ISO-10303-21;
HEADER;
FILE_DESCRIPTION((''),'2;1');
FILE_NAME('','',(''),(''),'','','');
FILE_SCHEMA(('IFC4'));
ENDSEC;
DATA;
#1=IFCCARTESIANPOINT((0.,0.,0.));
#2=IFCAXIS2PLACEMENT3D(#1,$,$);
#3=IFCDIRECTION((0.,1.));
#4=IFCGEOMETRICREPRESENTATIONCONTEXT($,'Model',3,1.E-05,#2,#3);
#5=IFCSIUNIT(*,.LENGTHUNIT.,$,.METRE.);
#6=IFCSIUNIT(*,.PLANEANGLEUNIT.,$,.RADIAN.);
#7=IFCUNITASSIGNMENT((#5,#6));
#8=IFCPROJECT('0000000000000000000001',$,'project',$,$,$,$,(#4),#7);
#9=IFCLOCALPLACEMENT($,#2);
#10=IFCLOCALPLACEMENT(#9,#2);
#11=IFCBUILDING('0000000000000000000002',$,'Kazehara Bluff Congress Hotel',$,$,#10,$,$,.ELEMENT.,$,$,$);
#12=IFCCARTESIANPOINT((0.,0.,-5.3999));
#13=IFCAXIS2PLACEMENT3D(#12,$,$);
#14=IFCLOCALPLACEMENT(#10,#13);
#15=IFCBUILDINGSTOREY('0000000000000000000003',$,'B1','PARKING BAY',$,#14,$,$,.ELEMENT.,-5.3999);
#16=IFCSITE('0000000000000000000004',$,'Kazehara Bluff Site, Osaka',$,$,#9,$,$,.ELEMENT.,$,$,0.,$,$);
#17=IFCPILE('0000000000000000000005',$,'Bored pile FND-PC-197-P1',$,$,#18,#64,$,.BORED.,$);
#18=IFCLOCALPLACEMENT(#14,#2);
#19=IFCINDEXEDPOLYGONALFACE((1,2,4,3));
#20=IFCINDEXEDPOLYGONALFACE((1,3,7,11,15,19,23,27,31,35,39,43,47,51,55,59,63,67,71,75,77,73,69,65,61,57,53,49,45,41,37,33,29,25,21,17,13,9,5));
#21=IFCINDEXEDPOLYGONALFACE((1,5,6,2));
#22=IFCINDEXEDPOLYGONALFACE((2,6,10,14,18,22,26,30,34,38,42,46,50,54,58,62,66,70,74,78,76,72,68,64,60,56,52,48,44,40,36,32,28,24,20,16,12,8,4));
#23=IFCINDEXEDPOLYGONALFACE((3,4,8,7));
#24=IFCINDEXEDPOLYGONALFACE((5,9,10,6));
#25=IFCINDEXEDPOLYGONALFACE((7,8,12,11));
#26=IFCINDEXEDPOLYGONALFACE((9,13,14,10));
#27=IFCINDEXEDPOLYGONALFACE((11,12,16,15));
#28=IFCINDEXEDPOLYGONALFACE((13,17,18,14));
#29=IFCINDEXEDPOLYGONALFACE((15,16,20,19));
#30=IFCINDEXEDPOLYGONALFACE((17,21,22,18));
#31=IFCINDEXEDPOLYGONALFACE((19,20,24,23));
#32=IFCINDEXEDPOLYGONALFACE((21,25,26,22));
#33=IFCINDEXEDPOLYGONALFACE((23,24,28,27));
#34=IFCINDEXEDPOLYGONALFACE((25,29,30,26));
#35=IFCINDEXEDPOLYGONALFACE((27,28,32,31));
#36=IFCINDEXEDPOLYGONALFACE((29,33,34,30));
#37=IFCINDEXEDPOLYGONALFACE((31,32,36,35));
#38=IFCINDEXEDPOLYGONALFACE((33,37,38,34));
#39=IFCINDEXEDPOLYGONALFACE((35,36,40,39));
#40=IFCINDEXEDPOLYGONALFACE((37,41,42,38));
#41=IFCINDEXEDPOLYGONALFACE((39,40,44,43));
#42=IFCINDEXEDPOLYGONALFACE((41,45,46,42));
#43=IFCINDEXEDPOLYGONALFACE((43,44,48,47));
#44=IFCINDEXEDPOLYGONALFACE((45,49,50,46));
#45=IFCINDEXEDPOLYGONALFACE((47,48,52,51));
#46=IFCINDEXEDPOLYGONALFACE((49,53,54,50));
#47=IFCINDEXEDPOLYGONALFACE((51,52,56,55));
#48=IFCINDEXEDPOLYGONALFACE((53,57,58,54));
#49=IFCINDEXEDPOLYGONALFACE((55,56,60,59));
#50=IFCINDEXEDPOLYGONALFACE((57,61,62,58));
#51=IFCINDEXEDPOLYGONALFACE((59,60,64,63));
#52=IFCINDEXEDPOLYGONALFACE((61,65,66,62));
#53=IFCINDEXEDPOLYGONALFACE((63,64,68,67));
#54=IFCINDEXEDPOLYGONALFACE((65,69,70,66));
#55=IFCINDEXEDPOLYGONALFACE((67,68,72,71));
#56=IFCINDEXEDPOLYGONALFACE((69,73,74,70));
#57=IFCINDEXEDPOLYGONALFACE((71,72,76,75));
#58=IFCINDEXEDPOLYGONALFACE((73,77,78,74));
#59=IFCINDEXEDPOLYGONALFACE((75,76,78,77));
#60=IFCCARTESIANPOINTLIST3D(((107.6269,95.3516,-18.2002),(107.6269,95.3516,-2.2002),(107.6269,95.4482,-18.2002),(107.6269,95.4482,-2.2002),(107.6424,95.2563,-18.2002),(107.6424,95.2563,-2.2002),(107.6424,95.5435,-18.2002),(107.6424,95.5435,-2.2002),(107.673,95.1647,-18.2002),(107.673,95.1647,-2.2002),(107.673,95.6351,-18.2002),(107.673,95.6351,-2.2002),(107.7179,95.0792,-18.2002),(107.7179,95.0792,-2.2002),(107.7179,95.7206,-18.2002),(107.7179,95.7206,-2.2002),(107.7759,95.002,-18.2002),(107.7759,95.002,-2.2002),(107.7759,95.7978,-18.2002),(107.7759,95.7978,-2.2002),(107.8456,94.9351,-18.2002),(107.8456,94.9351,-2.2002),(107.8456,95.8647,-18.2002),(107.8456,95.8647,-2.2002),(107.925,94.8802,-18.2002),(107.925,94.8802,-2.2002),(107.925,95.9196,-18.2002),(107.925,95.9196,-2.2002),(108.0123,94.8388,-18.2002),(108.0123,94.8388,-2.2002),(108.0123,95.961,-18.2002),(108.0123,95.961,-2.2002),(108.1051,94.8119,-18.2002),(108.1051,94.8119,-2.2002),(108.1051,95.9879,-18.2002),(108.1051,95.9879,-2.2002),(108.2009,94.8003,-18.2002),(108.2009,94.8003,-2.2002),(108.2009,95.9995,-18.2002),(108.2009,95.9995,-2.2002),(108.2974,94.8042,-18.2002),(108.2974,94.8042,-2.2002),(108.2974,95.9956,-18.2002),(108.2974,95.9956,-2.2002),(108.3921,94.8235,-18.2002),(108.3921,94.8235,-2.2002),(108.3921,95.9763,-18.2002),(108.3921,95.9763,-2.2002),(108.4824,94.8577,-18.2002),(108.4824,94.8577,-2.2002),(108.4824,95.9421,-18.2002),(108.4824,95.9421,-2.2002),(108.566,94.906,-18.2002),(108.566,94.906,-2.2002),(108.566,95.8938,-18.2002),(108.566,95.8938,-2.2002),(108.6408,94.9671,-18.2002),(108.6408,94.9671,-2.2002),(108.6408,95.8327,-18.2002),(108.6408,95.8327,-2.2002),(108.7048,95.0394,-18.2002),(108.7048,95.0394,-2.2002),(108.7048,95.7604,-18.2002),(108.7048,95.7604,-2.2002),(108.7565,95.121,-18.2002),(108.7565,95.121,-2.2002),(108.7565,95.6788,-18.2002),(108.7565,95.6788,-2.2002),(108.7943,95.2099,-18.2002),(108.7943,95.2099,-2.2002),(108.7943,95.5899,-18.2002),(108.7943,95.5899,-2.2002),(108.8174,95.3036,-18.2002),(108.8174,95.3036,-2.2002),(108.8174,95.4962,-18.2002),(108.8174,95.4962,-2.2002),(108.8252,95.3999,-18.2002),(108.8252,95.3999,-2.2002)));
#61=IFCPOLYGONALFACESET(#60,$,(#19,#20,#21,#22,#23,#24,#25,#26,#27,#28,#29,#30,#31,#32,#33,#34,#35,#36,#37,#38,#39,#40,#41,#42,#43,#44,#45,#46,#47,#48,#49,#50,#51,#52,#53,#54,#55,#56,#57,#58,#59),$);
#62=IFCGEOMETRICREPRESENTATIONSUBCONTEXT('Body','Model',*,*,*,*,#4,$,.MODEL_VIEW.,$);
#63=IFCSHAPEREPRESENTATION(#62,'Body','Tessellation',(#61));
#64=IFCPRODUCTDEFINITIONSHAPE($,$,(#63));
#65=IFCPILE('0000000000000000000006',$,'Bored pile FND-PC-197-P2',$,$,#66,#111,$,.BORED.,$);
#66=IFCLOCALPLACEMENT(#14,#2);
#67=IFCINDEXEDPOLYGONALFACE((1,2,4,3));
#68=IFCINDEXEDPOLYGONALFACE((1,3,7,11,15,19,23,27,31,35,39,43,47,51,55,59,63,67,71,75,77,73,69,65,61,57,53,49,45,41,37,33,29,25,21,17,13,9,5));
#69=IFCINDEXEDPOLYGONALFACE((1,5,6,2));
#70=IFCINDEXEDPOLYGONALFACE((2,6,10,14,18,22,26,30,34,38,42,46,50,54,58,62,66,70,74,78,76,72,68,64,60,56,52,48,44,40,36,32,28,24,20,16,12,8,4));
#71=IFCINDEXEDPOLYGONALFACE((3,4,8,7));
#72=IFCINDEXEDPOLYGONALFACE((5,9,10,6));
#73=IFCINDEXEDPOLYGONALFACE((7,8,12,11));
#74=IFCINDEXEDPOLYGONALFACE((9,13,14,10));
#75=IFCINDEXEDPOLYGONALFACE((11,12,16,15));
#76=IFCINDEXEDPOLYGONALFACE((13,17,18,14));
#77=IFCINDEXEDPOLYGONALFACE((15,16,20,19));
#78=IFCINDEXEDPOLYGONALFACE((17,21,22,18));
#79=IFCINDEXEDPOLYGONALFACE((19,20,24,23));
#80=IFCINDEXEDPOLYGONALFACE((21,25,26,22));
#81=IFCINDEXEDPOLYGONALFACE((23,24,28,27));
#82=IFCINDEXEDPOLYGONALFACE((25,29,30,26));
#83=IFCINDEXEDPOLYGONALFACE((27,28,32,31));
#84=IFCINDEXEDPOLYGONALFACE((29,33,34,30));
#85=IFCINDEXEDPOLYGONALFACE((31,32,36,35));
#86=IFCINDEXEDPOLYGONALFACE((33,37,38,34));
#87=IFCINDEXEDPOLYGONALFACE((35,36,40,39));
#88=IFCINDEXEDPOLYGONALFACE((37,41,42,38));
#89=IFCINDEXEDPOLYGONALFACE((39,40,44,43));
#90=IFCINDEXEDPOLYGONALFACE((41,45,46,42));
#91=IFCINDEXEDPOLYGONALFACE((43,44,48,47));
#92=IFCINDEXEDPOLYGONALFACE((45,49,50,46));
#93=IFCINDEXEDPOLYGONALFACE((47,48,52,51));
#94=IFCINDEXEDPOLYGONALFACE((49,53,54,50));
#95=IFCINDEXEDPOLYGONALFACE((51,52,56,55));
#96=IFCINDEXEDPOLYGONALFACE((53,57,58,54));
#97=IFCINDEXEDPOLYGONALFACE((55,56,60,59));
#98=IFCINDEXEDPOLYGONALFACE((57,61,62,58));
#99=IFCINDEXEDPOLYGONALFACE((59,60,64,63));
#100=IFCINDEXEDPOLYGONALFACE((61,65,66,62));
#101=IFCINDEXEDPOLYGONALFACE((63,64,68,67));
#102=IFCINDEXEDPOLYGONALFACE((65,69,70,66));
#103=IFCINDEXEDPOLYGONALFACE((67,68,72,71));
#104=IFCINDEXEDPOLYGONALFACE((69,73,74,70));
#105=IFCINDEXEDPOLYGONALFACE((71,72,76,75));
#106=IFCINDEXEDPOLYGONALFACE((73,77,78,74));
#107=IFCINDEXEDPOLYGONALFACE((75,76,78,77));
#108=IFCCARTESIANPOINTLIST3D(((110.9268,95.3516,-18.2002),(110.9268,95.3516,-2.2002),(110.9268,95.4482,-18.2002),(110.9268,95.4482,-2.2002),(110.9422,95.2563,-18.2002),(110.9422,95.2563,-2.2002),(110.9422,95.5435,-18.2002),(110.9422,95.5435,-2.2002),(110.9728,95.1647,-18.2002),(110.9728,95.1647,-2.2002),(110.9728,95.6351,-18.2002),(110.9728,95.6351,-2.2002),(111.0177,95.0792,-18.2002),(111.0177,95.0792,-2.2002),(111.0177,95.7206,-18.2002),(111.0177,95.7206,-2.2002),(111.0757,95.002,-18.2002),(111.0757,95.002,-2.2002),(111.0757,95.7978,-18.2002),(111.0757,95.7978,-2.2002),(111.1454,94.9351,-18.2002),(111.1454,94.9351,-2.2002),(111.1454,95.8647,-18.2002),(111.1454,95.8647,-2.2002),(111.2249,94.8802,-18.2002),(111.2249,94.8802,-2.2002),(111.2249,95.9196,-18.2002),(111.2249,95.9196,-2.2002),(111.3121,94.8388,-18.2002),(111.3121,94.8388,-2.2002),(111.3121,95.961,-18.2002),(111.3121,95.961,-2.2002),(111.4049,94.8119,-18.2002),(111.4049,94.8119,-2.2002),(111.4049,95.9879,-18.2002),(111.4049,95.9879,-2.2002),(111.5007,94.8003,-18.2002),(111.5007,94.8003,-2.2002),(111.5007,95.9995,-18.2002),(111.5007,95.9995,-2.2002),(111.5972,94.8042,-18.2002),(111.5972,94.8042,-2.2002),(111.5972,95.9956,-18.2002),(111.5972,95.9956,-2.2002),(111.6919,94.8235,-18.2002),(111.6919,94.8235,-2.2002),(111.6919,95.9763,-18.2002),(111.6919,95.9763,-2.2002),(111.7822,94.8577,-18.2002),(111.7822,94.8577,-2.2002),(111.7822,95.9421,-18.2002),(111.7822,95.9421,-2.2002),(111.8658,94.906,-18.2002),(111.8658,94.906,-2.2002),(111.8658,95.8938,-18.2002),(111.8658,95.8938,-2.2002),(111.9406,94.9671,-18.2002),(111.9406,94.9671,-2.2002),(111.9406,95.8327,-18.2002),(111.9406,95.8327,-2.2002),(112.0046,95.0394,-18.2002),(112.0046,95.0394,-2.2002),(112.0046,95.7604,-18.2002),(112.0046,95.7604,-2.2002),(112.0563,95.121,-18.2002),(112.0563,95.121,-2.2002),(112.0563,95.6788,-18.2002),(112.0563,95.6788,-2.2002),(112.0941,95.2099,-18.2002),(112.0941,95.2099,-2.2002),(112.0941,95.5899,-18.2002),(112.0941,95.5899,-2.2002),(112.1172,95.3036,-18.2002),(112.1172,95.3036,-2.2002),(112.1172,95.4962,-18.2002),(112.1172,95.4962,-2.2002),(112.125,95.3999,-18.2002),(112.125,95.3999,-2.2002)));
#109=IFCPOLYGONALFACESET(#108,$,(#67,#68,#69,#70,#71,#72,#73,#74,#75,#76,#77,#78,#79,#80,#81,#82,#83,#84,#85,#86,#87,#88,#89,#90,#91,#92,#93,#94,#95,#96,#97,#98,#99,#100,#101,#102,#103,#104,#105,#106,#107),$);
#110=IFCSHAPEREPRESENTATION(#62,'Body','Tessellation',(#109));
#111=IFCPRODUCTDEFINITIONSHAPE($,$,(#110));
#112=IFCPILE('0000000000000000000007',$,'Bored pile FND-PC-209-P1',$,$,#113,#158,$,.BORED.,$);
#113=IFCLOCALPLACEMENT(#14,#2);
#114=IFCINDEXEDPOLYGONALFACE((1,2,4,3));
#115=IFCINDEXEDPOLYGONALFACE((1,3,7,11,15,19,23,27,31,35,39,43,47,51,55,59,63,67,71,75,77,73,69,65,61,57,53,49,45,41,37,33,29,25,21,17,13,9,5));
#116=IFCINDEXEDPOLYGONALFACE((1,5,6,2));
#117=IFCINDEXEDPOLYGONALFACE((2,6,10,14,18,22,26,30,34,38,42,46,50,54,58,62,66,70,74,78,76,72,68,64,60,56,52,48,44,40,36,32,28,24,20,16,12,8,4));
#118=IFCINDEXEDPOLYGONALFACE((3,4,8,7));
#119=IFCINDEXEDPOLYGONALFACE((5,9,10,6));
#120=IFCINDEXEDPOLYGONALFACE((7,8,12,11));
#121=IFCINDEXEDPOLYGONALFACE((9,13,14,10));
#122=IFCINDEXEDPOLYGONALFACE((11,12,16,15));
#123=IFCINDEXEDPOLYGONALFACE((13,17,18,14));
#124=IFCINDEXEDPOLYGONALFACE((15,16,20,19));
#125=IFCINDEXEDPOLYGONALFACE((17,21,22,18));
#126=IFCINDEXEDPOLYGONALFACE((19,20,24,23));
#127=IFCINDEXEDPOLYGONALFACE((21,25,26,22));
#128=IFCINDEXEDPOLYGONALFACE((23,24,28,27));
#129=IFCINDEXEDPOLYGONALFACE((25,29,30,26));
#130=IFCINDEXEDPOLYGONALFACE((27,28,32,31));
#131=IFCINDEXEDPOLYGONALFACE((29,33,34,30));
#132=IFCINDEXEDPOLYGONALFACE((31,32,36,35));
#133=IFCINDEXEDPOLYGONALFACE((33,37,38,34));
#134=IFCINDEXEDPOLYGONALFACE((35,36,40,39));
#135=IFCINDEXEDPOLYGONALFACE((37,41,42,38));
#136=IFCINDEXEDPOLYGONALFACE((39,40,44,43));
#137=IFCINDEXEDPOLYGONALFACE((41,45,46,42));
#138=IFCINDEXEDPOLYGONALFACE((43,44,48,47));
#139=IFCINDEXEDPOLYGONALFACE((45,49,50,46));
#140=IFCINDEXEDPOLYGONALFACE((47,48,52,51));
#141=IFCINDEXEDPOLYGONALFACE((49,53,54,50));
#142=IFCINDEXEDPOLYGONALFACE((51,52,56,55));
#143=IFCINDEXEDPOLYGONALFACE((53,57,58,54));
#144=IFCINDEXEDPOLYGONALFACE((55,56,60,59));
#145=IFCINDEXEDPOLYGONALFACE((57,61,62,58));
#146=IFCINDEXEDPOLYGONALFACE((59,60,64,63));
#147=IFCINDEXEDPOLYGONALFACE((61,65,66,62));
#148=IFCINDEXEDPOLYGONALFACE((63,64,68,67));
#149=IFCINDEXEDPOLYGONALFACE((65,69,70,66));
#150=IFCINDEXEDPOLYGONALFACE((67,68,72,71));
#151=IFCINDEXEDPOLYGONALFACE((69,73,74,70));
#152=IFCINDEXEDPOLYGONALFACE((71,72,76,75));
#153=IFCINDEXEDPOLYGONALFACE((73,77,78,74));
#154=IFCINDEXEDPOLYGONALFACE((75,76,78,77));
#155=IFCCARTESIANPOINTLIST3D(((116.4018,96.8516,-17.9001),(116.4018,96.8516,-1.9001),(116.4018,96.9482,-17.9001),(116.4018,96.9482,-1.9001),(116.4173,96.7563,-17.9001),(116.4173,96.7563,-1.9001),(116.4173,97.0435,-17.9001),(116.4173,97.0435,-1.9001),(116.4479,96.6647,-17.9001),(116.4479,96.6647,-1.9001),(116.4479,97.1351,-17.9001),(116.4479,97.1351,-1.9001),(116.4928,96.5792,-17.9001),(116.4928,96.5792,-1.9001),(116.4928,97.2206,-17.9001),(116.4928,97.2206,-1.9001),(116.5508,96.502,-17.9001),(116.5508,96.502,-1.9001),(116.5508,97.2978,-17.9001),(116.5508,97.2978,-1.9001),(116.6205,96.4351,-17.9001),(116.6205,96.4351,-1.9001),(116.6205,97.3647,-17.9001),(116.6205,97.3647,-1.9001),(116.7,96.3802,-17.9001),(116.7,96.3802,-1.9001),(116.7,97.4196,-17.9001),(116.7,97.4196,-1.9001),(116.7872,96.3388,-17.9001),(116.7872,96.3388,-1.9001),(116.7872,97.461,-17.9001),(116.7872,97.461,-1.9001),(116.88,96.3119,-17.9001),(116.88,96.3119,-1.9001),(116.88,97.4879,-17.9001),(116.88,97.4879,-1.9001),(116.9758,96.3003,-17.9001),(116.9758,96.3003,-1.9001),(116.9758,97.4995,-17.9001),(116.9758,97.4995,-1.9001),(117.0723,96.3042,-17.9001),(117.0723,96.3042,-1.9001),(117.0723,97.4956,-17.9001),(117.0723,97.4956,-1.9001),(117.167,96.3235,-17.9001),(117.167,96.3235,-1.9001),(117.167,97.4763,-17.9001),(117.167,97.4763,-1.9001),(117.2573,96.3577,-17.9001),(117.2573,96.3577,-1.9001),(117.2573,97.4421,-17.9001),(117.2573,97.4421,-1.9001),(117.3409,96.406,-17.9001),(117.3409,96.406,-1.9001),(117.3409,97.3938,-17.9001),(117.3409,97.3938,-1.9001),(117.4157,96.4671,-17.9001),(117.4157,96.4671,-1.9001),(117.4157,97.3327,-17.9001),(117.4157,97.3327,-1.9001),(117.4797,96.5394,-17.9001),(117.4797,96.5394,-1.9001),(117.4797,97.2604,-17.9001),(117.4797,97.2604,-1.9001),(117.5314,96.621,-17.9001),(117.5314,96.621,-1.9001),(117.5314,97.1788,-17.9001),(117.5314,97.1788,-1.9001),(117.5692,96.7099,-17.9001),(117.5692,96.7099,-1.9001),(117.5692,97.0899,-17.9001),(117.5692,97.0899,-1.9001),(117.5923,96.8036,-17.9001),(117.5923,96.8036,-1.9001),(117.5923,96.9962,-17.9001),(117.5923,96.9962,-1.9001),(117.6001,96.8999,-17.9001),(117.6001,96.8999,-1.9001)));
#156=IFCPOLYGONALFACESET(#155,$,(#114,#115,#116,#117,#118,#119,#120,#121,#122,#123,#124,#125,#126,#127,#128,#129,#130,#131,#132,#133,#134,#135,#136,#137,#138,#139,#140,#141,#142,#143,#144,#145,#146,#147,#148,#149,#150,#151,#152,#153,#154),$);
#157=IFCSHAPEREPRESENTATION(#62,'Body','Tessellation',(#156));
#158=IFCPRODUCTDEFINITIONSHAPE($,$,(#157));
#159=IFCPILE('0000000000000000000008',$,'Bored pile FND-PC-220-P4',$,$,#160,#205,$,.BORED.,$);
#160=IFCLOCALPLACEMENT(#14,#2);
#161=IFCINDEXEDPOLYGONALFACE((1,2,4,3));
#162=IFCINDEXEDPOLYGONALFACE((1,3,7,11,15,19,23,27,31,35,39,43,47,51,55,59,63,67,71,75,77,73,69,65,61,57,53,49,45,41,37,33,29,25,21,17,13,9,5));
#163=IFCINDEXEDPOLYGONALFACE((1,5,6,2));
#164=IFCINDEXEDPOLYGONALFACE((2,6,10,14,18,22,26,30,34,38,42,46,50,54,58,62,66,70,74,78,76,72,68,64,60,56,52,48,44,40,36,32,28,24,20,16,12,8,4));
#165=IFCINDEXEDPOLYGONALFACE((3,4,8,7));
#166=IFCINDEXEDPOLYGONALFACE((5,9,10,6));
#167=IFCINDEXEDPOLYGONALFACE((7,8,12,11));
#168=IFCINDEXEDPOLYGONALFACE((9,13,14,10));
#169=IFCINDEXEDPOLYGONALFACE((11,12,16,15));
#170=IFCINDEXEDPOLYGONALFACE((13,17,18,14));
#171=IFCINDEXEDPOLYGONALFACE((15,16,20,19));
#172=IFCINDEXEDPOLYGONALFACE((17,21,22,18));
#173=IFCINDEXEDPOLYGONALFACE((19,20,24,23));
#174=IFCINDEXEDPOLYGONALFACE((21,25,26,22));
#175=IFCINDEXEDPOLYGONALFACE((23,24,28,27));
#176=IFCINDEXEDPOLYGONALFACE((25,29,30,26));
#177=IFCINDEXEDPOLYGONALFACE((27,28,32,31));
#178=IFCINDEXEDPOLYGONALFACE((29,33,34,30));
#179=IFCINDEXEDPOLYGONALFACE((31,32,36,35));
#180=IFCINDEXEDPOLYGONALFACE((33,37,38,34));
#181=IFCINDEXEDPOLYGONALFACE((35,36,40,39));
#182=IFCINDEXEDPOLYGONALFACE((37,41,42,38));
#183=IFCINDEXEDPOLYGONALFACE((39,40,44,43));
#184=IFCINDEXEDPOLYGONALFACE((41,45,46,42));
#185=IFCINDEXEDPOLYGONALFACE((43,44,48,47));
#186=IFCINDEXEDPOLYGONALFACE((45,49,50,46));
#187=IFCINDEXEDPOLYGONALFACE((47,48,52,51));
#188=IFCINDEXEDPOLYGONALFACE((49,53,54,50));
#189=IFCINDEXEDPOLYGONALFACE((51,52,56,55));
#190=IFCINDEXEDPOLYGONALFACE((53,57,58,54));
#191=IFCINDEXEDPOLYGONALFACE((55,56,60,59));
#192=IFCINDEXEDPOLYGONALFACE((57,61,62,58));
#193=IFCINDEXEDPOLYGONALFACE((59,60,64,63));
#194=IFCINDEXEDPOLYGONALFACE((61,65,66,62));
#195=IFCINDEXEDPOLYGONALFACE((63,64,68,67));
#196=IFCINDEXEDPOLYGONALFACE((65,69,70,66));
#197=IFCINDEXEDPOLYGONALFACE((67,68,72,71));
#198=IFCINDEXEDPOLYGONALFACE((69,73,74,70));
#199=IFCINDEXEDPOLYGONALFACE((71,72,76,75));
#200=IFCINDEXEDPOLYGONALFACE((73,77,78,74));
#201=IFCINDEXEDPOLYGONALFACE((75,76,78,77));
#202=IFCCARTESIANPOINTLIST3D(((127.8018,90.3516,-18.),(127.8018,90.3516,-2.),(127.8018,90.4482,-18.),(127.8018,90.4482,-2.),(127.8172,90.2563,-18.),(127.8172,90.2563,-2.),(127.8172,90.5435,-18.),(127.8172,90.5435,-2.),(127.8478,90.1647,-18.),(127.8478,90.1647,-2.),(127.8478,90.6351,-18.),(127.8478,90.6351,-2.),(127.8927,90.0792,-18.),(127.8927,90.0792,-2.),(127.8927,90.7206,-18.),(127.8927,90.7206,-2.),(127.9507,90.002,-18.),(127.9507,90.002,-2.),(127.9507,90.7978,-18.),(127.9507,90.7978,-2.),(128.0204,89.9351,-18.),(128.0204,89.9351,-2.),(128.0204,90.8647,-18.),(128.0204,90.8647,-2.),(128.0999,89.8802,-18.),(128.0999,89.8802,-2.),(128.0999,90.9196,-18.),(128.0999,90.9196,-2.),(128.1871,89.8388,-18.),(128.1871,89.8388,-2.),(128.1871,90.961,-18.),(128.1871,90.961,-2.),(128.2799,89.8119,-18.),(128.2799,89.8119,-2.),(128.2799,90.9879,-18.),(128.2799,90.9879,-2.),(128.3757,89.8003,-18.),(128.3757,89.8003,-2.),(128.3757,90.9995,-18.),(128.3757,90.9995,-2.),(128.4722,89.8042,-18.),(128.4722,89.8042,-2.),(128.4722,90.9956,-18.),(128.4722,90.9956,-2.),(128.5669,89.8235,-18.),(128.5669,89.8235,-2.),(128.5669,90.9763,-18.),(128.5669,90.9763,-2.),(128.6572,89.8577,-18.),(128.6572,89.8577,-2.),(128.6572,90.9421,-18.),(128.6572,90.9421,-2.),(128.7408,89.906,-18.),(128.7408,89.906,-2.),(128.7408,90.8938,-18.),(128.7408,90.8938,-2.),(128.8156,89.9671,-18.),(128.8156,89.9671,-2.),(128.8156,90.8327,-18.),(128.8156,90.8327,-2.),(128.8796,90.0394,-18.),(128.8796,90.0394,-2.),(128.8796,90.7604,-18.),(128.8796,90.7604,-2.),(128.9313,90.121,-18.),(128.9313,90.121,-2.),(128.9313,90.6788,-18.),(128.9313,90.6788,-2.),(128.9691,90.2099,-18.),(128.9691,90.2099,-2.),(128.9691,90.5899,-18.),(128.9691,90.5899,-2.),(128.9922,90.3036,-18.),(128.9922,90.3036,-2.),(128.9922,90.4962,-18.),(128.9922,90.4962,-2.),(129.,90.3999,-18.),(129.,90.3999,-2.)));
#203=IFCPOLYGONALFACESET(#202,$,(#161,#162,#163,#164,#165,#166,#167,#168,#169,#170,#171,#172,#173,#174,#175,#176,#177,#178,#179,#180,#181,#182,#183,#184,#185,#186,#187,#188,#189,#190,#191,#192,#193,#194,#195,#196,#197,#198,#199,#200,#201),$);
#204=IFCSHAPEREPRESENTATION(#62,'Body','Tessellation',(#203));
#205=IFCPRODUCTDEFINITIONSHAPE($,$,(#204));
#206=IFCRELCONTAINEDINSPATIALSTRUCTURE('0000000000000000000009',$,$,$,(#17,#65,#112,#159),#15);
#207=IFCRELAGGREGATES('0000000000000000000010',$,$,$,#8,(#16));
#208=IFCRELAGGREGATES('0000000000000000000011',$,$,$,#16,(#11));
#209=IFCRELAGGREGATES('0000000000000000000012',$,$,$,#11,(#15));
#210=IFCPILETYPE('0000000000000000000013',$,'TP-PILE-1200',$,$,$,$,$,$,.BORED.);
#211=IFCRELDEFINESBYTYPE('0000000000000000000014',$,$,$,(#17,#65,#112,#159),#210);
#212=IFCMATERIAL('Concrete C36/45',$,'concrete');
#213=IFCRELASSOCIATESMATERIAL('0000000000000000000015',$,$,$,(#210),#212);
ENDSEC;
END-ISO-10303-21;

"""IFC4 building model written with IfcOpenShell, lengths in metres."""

from ifc_helpers import new_model, si_unit, direction, frame, origin, origin_2d, place, context, subcontext, project, spatial, circle, extrude, material, material_profile, profile_set, type_object, element, save


model = new_model("IFC4")

# Units and contexts
model_context = context("Model", 3, precision=1e-05, world=origin(), true_north=direction((0.0, 1.0)))
body_context = subcontext(model_context, "Body", "Model", "MODEL_VIEW")
ifc_project = project(units=[si_unit("LENGTHUNIT", "METRE"), si_unit("PLANEANGLEUNIT", "RADIAN")], contexts=[model_context])

# Site, building, storey
site_placement = place(None, origin())
site = spatial("IfcSite", under=ifc_project, at=site_placement, Name="Kazehara Bluff Site, Osaka", CompositionType="ELEMENT", RefElevation=0.0)
building_placement = place(site_placement, origin())
building = spatial("IfcBuilding", under=site, at=building_placement, Name="Kazehara Bluff Congress Hotel", CompositionType="ELEMENT")
storey_placement = place(building_placement, frame((0.0, 0.0, -5.3999)))
storey = spatial("IfcBuildingStorey", under=building, at=storey_placement, Name="B1", Description="PARKING BAY", CompositionType="ELEMENT", Elevation=-5.3999)

# Piles
ifc_material_1 = material(Name="Concrete C36/45", Category="concrete")
ifc_material_profile_1 = material_profile(ifc_material_1, circle(Radius=0.6001, at=origin_2d()))
ifc_profile_set_1 = profile_set([ifc_material_profile_1], Name="Concrete C36/45")
pile_type = type_object("IfcPileType", Name="TP-PILE-1200", PredefinedType="BORED", material=ifc_profile_set_1)
for number, where, z_axis, x_axis, name in (
    (1, (108.2251, 95.3999, -2.2002), (0.0, 0.0, -1.0), (1.0, 0.0, 0.0), "Bored pile FND-PC-197-P1"),
    (2, (111.5249, 95.3999, -2.2002), (0.0, 0.0, -1.0), (1.0, 0.0, 0.0), "Bored pile FND-PC-197-P2"),
    (3, (117.0, 96.8999, -1.9001), (0.0, 0.0, -1.0), (1.0, 0.0, 0.0), "Bored pile FND-PC-209-P1"),
    (4, (128.3999, 90.3999, -2.0), (0.0, 0.0, -1.0), (1.0, 0.0, 0.0), "Bored pile FND-PC-220-P4"),
):
    element("IfcPile", number, at=place(storey_placement, frame(where, z_axis=z_axis, x_axis=x_axis)), inside=storey, type_object=pile_type, Name=name, PredefinedType="BORED", context=body_context, shape_type="SweptSolid", body=[
        extrude(circle(Radius=0.6001, at=origin_2d()), origin(), (0.0, 0.0, 1.0), 16.0),
    ])

save(model, "model.ifc")
